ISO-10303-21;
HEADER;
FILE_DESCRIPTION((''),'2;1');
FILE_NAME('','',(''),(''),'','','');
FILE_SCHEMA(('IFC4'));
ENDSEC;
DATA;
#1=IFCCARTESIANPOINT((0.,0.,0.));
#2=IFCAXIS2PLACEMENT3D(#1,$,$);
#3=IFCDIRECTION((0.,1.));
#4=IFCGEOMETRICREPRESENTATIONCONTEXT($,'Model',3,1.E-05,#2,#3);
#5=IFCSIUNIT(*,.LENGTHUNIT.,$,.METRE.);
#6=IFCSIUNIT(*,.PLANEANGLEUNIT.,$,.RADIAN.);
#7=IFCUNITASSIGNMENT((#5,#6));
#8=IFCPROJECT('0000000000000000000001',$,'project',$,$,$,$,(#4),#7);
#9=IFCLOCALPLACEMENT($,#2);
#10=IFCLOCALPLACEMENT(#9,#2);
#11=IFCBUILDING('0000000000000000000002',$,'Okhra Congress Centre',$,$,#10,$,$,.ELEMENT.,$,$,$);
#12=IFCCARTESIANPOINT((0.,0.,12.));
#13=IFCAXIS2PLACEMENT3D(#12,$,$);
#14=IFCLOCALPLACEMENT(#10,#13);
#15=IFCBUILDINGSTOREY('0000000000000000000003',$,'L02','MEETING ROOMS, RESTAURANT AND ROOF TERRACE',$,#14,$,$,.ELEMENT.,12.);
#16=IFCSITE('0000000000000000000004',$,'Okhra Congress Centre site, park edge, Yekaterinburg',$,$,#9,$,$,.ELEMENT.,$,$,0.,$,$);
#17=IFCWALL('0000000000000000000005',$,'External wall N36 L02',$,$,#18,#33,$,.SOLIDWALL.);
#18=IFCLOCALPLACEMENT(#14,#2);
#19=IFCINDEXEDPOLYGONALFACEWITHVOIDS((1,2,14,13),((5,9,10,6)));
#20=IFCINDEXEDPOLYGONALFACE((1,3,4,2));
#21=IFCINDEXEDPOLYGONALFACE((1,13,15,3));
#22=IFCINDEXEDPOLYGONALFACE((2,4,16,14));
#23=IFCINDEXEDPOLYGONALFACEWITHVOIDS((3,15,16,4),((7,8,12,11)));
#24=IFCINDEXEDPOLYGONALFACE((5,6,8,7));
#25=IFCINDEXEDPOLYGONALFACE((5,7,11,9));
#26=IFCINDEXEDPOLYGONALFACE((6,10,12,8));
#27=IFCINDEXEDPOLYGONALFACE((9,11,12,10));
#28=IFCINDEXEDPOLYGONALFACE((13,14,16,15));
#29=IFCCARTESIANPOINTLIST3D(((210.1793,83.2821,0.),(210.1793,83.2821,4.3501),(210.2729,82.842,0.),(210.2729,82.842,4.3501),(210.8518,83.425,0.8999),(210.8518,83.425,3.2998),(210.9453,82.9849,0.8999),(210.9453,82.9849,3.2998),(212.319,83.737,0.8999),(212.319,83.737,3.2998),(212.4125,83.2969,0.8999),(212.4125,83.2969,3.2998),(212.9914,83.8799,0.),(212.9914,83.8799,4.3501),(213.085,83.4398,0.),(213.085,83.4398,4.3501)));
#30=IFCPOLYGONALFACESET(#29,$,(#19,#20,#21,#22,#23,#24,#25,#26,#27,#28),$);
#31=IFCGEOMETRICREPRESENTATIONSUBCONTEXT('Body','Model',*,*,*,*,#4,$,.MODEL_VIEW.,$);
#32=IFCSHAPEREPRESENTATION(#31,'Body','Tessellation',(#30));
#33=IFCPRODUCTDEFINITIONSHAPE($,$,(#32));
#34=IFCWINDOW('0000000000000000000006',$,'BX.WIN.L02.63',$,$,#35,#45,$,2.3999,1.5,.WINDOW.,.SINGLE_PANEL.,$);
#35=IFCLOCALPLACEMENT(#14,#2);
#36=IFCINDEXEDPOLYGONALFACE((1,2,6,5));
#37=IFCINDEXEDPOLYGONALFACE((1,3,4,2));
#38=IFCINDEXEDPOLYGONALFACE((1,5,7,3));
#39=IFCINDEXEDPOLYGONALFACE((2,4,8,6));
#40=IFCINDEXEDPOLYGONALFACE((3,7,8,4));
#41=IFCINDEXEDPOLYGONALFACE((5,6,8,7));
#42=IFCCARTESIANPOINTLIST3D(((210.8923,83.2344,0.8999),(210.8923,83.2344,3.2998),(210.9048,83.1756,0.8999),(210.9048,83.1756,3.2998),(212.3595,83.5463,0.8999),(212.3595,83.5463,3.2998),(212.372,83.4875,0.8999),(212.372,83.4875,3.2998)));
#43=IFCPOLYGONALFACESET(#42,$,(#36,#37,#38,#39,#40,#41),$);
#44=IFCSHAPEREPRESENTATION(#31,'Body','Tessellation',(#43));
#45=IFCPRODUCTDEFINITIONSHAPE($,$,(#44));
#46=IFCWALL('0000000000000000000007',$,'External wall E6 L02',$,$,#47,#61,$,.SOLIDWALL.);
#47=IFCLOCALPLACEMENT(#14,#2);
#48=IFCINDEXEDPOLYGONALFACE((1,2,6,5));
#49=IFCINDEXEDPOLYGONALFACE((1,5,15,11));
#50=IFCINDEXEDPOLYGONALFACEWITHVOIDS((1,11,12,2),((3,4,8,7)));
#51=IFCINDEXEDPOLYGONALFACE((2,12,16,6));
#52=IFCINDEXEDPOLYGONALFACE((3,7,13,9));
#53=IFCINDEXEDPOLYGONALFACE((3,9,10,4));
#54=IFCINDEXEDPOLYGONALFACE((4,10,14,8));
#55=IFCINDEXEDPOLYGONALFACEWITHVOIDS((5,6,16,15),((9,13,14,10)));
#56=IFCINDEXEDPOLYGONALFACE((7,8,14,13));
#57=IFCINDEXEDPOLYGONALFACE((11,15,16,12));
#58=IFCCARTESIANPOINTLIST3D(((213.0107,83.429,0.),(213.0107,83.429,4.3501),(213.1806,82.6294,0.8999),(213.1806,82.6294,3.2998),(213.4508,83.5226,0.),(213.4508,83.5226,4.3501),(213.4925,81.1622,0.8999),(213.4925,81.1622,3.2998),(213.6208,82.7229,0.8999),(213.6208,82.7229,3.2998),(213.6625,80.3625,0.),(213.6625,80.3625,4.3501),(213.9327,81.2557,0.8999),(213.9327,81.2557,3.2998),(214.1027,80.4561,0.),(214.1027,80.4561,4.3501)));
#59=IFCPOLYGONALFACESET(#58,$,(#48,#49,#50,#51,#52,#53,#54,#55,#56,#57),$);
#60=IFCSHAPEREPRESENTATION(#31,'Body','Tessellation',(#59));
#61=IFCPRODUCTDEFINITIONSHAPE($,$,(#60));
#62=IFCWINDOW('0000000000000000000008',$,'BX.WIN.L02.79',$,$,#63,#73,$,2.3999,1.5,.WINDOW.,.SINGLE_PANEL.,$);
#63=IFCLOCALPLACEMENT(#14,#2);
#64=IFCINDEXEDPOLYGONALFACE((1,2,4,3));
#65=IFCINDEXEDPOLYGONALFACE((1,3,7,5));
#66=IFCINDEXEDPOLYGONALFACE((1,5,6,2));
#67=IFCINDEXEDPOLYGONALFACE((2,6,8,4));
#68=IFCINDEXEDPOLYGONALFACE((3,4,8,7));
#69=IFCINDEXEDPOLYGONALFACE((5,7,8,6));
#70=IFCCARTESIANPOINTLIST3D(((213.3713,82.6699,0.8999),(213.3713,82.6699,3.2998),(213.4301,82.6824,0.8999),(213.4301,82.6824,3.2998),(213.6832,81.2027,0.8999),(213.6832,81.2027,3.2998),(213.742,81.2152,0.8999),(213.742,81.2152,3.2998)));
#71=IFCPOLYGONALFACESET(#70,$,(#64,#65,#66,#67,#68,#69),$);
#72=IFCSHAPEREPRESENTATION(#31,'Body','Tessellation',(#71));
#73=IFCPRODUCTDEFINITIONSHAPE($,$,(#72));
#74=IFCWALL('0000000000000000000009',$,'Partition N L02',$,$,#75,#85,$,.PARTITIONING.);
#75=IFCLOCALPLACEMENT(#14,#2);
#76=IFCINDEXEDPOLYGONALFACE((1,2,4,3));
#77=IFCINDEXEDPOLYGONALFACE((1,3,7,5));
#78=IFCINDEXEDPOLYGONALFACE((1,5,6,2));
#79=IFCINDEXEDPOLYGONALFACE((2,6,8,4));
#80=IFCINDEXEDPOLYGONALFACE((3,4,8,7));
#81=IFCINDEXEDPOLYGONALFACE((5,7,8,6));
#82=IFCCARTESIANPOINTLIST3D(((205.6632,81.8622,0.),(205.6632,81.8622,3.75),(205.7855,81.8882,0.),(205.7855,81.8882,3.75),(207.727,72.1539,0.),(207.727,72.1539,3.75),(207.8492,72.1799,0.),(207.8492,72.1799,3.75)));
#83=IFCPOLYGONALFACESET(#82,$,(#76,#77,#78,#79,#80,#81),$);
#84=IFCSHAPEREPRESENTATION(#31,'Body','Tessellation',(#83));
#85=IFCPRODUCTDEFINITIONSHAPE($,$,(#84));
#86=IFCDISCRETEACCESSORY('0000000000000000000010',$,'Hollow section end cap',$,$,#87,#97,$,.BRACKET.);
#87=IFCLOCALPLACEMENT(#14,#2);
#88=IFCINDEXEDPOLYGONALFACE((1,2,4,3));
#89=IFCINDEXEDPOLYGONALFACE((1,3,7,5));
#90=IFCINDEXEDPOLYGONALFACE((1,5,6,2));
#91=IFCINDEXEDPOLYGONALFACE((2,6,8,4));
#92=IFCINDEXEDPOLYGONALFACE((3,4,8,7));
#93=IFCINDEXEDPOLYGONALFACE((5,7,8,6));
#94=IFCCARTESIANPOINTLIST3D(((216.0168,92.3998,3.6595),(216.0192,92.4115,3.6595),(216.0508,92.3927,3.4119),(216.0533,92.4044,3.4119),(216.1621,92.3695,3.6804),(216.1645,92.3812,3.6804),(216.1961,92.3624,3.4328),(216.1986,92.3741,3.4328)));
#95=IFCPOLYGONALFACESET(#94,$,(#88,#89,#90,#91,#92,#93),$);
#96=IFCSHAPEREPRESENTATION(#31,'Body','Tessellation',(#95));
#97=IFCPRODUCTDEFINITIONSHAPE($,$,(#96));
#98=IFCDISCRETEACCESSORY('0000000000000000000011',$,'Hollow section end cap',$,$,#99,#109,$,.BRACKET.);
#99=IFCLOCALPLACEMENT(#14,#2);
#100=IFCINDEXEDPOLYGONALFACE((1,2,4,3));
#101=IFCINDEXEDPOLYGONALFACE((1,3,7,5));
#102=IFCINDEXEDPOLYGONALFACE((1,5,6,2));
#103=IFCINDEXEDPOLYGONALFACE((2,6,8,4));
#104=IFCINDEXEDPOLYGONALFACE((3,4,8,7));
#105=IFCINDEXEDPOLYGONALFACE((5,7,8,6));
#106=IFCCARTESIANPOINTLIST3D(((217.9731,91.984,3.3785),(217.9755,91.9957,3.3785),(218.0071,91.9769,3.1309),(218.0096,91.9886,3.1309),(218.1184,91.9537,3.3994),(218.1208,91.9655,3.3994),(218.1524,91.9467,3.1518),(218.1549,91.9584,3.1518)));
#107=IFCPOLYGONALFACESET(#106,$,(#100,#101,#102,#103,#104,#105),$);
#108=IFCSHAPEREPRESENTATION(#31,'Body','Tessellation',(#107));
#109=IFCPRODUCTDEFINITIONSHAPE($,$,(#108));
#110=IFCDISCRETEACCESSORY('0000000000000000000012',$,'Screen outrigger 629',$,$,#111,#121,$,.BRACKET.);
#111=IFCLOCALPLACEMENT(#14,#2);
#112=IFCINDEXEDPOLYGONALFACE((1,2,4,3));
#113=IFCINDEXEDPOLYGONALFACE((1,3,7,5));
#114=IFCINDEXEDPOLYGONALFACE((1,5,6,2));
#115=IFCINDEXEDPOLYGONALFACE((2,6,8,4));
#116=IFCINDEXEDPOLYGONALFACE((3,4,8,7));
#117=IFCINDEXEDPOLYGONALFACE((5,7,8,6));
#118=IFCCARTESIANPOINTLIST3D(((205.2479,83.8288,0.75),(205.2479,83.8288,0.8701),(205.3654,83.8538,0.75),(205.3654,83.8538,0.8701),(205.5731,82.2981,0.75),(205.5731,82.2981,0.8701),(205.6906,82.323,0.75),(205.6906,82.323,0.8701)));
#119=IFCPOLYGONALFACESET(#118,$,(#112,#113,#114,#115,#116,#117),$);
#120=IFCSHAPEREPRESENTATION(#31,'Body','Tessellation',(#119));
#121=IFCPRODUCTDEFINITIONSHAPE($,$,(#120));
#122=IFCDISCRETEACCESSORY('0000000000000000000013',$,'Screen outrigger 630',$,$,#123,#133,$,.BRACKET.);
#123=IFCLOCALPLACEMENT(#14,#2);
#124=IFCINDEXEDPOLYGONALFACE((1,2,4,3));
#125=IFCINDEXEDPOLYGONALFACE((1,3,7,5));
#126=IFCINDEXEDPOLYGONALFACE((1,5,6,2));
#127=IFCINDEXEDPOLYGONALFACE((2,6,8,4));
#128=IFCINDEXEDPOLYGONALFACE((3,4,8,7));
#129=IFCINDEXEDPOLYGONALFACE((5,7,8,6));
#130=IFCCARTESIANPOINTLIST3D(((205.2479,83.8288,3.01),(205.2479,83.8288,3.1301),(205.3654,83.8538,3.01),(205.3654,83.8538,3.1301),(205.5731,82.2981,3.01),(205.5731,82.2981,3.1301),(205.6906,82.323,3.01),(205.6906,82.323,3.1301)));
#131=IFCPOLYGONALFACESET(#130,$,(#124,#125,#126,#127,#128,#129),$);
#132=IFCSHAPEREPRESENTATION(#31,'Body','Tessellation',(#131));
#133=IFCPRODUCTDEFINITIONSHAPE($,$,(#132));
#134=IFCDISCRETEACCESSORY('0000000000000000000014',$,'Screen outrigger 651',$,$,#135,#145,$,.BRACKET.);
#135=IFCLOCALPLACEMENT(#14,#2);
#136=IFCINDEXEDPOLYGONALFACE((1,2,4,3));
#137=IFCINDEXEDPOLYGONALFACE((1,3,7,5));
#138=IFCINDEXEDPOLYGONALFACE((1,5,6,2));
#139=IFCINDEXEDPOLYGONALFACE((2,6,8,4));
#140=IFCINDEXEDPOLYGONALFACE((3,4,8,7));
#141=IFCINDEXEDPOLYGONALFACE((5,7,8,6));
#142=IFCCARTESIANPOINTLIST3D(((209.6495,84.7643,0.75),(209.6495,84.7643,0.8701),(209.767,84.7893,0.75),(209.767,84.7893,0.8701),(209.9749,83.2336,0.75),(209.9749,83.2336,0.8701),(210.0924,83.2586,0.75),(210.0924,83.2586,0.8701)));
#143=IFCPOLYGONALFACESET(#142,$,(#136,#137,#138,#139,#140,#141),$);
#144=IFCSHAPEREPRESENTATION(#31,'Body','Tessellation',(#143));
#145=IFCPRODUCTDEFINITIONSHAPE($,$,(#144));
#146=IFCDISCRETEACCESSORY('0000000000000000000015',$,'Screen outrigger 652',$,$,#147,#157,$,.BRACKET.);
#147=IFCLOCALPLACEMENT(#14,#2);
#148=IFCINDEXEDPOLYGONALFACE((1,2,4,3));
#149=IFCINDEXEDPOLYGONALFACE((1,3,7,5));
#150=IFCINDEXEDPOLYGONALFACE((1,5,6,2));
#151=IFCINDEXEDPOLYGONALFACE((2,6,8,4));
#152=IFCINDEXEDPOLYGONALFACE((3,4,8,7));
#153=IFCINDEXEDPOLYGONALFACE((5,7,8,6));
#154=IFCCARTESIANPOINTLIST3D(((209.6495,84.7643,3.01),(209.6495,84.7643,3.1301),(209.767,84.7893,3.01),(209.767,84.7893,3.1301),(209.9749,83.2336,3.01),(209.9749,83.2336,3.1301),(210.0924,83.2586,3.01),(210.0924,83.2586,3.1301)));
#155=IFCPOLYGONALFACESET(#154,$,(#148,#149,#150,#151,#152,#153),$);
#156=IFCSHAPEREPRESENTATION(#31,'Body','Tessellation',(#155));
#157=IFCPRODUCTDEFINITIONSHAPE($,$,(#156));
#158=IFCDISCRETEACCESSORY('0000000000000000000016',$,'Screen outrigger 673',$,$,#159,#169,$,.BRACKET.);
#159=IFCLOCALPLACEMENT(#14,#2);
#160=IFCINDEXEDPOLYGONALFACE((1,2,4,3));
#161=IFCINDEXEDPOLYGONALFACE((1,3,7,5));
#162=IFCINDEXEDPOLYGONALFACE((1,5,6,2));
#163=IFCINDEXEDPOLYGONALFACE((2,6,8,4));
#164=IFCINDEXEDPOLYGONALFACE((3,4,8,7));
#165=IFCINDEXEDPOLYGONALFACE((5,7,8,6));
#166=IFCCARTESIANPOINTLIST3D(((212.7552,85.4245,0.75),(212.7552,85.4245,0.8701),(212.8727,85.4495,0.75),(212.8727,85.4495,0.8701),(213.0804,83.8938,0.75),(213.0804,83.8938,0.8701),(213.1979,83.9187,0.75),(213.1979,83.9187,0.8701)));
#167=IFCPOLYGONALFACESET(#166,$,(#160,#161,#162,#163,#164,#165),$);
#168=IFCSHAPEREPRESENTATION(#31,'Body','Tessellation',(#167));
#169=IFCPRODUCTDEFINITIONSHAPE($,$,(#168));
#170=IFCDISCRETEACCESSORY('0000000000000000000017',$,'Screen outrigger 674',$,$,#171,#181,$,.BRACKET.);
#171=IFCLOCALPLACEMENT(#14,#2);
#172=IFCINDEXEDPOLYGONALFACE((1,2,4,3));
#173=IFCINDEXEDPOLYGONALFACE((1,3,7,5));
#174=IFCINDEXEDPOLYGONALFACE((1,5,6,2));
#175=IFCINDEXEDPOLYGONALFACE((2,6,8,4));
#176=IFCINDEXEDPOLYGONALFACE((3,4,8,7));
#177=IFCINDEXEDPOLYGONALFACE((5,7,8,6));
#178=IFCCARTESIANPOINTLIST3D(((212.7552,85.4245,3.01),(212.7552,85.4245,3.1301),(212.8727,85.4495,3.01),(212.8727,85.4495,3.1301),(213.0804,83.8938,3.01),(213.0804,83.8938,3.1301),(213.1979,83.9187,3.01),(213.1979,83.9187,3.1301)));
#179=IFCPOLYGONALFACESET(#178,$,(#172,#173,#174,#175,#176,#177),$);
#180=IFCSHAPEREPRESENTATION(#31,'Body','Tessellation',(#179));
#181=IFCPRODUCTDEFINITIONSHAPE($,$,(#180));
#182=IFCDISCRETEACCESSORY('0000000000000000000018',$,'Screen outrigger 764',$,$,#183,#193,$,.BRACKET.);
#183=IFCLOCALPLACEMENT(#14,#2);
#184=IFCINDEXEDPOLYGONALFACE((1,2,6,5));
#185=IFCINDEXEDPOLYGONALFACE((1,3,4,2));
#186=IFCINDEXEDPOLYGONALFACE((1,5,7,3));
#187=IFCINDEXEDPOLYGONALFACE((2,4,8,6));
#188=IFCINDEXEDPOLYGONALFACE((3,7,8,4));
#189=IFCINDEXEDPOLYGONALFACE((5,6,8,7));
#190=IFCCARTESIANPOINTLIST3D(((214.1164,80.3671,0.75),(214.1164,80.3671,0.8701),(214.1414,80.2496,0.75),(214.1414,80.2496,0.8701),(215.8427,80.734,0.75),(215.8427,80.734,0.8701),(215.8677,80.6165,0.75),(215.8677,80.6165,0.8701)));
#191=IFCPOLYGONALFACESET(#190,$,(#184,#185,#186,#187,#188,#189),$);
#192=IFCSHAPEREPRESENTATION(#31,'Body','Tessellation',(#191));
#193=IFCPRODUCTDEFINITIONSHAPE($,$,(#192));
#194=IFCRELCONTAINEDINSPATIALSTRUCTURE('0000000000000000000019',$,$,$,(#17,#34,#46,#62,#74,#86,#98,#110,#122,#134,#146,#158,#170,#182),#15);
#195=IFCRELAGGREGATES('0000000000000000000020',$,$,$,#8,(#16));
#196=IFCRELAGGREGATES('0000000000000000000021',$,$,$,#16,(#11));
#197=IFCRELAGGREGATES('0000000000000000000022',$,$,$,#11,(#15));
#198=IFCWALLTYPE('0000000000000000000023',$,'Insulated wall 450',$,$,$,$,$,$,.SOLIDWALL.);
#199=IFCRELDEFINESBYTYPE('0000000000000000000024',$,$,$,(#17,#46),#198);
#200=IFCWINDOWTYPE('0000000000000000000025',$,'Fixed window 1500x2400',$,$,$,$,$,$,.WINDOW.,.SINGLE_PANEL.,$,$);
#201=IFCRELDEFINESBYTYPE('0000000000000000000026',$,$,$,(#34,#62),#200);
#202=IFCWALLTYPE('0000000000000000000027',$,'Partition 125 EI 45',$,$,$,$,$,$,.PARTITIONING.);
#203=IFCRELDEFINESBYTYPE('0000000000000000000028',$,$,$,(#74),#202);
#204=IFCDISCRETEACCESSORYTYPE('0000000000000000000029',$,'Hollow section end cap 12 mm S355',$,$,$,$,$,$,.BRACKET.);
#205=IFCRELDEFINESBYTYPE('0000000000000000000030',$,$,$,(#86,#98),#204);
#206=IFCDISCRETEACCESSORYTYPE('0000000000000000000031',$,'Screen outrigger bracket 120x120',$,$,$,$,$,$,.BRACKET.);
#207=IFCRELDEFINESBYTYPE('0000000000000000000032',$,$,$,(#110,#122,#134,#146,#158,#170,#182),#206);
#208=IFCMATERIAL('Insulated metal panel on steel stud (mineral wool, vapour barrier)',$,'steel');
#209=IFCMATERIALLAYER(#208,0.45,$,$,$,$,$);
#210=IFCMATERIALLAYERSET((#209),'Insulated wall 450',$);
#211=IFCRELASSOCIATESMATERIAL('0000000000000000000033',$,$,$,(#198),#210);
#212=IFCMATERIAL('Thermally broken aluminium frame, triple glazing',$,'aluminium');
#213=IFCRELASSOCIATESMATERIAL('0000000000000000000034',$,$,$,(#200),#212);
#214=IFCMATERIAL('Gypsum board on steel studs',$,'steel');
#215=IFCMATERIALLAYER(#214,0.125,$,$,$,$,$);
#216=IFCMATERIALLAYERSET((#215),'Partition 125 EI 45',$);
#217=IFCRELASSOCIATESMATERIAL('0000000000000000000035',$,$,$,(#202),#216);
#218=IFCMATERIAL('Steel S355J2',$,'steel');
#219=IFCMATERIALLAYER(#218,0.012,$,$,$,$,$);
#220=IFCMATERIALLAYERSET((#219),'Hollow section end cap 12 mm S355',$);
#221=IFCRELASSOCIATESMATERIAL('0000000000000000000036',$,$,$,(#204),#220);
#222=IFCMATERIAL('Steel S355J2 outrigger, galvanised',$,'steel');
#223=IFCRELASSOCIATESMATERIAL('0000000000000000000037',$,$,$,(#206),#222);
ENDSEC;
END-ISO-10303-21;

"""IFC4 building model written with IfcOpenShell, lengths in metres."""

from ifc_helpers import new_model, si_unit, direction, frame, frame_2d, origin, origin_2d, place, context, subcontext, project, spatial, rectangle, extrude, material, layer, layer_set, material_profile, profile_set, type_object, element, fill, save


model = new_model("IFC4")

# Units and contexts
model_context = context("Model", 3, precision=1e-05, world=origin(), true_north=direction((0.0, 1.0)))
body_context = subcontext(model_context, "Body", "Model", "MODEL_VIEW")
ifc_project = project(units=[si_unit("LENGTHUNIT", "METRE"), si_unit("PLANEANGLEUNIT", "RADIAN")], contexts=[model_context])

# Site, building, storey
site_placement = place(None, origin())
site = spatial("IfcSite", under=ifc_project, at=site_placement, Name="Okhra Congress Centre site, park edge, Yekaterinburg", CompositionType="ELEMENT", RefElevation=0.0)
building_placement = place(site_placement, origin())
building = spatial("IfcBuilding", under=site, at=building_placement, Name="Okhra Congress Centre", CompositionType="ELEMENT")
storey_placement = place(building_placement, frame((0.0, 0.0, 12.0)))
storey = spatial("IfcBuildingStorey", under=building, at=storey_placement, Name="L02", Description="MEETING ROOMS, RESTAURANT AND ROOF TERRACE", CompositionType="ELEMENT", Elevation=12.0)

# Shared definitions
ifc_material_1 = material(Name="Steel S355J2", Category="steel")

# Walls, openings, windows
ifc_material_2 = material(Name="Insulated metal panel on steel stud (mineral wool, vapour barrier)", Category="steel")
ifc_layer_1 = layer(ifc_material_2, 0.45)
ifc_layer_set_1 = layer_set([ifc_layer_1], Name="Insulated wall 450")
wall_type_1 = type_object("IfcWallType", Name="Insulated wall 450", PredefinedType="SOLIDWALL", material=ifc_layer_set_1)
ifc_material_3 = material(Name="Thermally broken aluminium frame, triple glazing", Category="aluminium")
wall_1_placement = place(storey_placement, frame((210.2261, 83.062, 0.0), z_axis=(0.0, 0.0, 1.0), x_axis=(0.978138, 0.207957, 0.0)))
wall_1 = element("IfcWall", 1, at=wall_1_placement, inside=storey, type_object=wall_type_1, Name="External wall N36 L02", PredefinedType="SOLIDWALL", context=body_context, shape_type="SweptSolid", body=[
    extrude(rectangle(XDim=2.875, YDim=0.45, at=frame_2d((1.4375, 0.0))), origin(), (0.0, 0.0, 1.0), 4.3501),
])
opening_1_placement = place(wall_1_placement, frame((0.6875, 0.0, 0.8999)))
opening_1 = element("IfcOpeningElement", 2, at=opening_1_placement, cuts=wall_1, PredefinedType="OPENING", context=body_context, shape_type="SweptSolid", body=[
    extrude(rectangle(XDim=1.5, YDim=2.3999, at=frame_2d((0.75, 1.2))), frame((0.0, 0.2349, 0.0), z_axis=(0.0, -1.0, 0.0), x_axis=(1.0, 0.0, 0.0)), (0.0, 0.0, 1.0), 0.47),
])
window_type_1 = type_object("IfcWindowType", Name="Fixed window 1500x2400", PartitioningType="SINGLE_PANEL", PredefinedType="WINDOW", material=ifc_material_3)
window_1_placement = place(opening_1_placement, origin())
window_1 = element("IfcWindow", 3, at=window_1_placement, inside=storey, type_object=window_type_1, Name="BX.WIN.L02.63", OverallHeight=2.3999, OverallWidth=1.5, PartitioningType="SINGLE_PANEL", PredefinedType="WINDOW", context=body_context, shape_type="SweptSolid", body=[
    extrude(rectangle(XDim=1.5, YDim=2.3999, at=frame_2d((0.75, 1.2))), frame((0.0, 0.03, 0.0), z_axis=(0.0, -1.0, 0.0), x_axis=(1.0, 0.0, 0.0)), (0.0, 0.0, 1.0), 0.0601),
])
fill(opening_1, window_1)
wall_2_placement = place(storey_placement, frame((213.8826, 80.4094, 0.0), z_axis=(0.0, 0.0, 1.0), x_axis=(-0.207933, 0.978143, 0.0)))
wall_2 = element("IfcWall", 4, at=wall_2_placement, inside=storey, type_object=wall_type_1, Name="External wall E6 L02", PredefinedType="SOLIDWALL", context=body_context, shape_type="SweptSolid", body=[
    extrude(rectangle(XDim=3.135, YDim=0.45, at=frame_2d((1.5674, 0.0))), origin(), (0.0, 0.0, 1.0), 4.3501),
])
opening_2_placement = place(wall_2_placement, frame((0.8174, 0.0, 0.8999)))
opening_2 = element("IfcOpeningElement", 5, at=opening_2_placement, cuts=wall_2, PredefinedType="OPENING", context=body_context, shape_type="SweptSolid", body=[
    extrude(rectangle(XDim=1.5, YDim=2.3999, at=frame_2d((0.75, 1.2))), frame((0.0, 0.2349, 0.0), z_axis=(0.0, -1.0, 0.0), x_axis=(1.0, 0.0, 0.0)), (0.0, 0.0, 1.0), 0.47),
])
window_2_placement = place(opening_2_placement, origin())
window_2 = element("IfcWindow", 6, at=window_2_placement, inside=storey, type_object=window_type_1, Name="BX.WIN.L02.79", OverallHeight=2.3999, OverallWidth=1.5, PartitioningType="SINGLE_PANEL", PredefinedType="WINDOW", context=body_context, shape_type="SweptSolid", body=[
    extrude(rectangle(XDim=1.5, YDim=2.3999, at=frame_2d((0.75, 1.2))), frame((0.0, 0.03, 0.0), z_axis=(0.0, -1.0, 0.0), x_axis=(1.0, 0.0, 0.0)), (0.0, 0.0, 1.0), 0.0601),
])
fill(opening_2, window_2)

# Wall
ifc_material_4 = material(Name="Gypsum board on steel studs", Category="steel")
ifc_layer_2 = layer(ifc_material_4, 0.125)
ifc_layer_set_2 = layer_set([ifc_layer_2], Name="Partition 125 EI 45")
wall_type_2 = type_object("IfcWallType", Name="Partition 125 EI 45", PredefinedType="PARTITIONING", material=ifc_layer_set_2)
wall_3_placement = place(storey_placement, frame((205.7244, 81.8752, 0.0), z_axis=(0.0, 0.0, 1.0), x_axis=(0.207928, -0.978144, 0.0)))
element("IfcWall", 7, at=wall_3_placement, inside=storey, type_object=wall_type_2, Name="Partition N L02", PredefinedType="PARTITIONING", context=body_context, shape_type="SweptSolid", body=[
    extrude(rectangle(XDim=9.9253, YDim=0.125, at=frame_2d((4.9626, 0.0))), origin(), (0.0, 0.0, 1.0), 3.75),
])

# Discrete accessories
ifc_layer_3 = layer(ifc_material_1, 0.012)
ifc_layer_set_3 = layer_set([ifc_layer_3], Name="Hollow section end cap 12 mm S355")
discrete_accessory_type_1 = type_object("IfcDiscreteAccessoryType", Name="Hollow section end cap 12 mm S355", PredefinedType="BRACKET", material=ifc_layer_set_3)
for number, where, z_axis, x_axis, name in (
    (8, (216.1089, 92.3928, 3.5461), (-0.203954, -0.97898, 0.0), (0.969453, -0.201969, 0.139173), "Hollow section end cap"),
    (9, (218.0652, 91.9771, 3.2651), (-0.203954, -0.97898, 0.0), (0.969453, -0.201969, 0.139173), "Hollow section end cap"),
):
    element("IfcDiscreteAccessory", number, at=place(storey_placement, frame(where, z_axis=z_axis, x_axis=x_axis)), inside=storey, type_object=discrete_accessory_type_1, Name=name, PredefinedType="BRACKET", context=body_context, shape_type="SweptSolid", body=[
        extrude(rectangle(XDim=0.1499, YDim=0.25, at=origin_2d()), origin(), (0.0, 0.0, 1.0), 0.012),
    ])
ifc_material_5 = material(Name="Steel S355J2 outrigger, galvanised", Category="steel")
ifc_material_profile_1 = material_profile(ifc_material_5, rectangle(XDim=0.1201, YDim=0.1201, at=origin_2d()), Name="Screen outrigger bracket 120x120")
ifc_profile_set_1 = profile_set([ifc_material_profile_1], Name="Steel S355J2 outrigger, galvanised")
discrete_accessory_type_2 = type_object("IfcDiscreteAccessoryType", Name="Screen outrigger bracket 120x120", PredefinedType="BRACKET", material=ifc_profile_set_1)
for number, where, z_axis, x_axis, name in (
    (10, (205.6318, 82.3105, 0.8101), (-0.207803, 0.978171, 0.0), (-0.978171, -0.207803, 0.0), "Screen outrigger 629"),
    (11, (205.6318, 82.3105, 3.0701), (-0.207803, 0.978171, 0.0), (-0.978171, -0.207803, 0.0), "Screen outrigger 630"),
    (12, (210.0337, 83.2461, 0.8101), (-0.207952, 0.978139, 0.0), (-0.978139, -0.207952, 0.0), "Screen outrigger 651"),
    (13, (210.0337, 83.2461, 3.0701), (-0.207952, 0.978139, 0.0), (-0.978139, -0.207952, 0.0), "Screen outrigger 652"),
    (14, (213.1392, 83.9062, 0.8101), (-0.207803, 0.978171, 0.0), (-0.978171, -0.207803, 0.0), "Screen outrigger 673"),
    (15, (213.1392, 83.9062, 3.0701), (-0.207803, 0.978171, 0.0), (-0.978171, -0.207803, 0.0), "Screen outrigger 674"),
):
    element("IfcDiscreteAccessory", number, at=place(storey_placement, frame(where, z_axis=z_axis, x_axis=x_axis)), inside=storey, type_object=discrete_accessory_type_2, Name=name, PredefinedType="BRACKET", context=body_context, shape_type="SweptSolid", body=[
        extrude(rectangle(XDim=0.1201, YDim=0.1201, at=origin_2d()), origin(), (0.0, 0.0, 1.0), 1.5649),
    ])
for number, where, z_axis, x_axis, name in (
    (16, (214.1289, 80.3083, 0.8101), (0.978147, 0.207913, 0.0), (-0.207913, 0.978147, 0.0), "Screen outrigger 764"),
):
    element("IfcDiscreteAccessory", number, at=place(storey_placement, frame(where, z_axis=z_axis, x_axis=x_axis)), inside=storey, type_object=discrete_accessory_type_2, Name=name, PredefinedType="BRACKET", context=body_context, shape_type="SweptSolid", body=[
        extrude(rectangle(XDim=0.1201, YDim=0.1201, at=origin_2d()), origin(), (0.0, 0.0, 1.0), 1.7649),
    ])

save(model, "model.ifc")
